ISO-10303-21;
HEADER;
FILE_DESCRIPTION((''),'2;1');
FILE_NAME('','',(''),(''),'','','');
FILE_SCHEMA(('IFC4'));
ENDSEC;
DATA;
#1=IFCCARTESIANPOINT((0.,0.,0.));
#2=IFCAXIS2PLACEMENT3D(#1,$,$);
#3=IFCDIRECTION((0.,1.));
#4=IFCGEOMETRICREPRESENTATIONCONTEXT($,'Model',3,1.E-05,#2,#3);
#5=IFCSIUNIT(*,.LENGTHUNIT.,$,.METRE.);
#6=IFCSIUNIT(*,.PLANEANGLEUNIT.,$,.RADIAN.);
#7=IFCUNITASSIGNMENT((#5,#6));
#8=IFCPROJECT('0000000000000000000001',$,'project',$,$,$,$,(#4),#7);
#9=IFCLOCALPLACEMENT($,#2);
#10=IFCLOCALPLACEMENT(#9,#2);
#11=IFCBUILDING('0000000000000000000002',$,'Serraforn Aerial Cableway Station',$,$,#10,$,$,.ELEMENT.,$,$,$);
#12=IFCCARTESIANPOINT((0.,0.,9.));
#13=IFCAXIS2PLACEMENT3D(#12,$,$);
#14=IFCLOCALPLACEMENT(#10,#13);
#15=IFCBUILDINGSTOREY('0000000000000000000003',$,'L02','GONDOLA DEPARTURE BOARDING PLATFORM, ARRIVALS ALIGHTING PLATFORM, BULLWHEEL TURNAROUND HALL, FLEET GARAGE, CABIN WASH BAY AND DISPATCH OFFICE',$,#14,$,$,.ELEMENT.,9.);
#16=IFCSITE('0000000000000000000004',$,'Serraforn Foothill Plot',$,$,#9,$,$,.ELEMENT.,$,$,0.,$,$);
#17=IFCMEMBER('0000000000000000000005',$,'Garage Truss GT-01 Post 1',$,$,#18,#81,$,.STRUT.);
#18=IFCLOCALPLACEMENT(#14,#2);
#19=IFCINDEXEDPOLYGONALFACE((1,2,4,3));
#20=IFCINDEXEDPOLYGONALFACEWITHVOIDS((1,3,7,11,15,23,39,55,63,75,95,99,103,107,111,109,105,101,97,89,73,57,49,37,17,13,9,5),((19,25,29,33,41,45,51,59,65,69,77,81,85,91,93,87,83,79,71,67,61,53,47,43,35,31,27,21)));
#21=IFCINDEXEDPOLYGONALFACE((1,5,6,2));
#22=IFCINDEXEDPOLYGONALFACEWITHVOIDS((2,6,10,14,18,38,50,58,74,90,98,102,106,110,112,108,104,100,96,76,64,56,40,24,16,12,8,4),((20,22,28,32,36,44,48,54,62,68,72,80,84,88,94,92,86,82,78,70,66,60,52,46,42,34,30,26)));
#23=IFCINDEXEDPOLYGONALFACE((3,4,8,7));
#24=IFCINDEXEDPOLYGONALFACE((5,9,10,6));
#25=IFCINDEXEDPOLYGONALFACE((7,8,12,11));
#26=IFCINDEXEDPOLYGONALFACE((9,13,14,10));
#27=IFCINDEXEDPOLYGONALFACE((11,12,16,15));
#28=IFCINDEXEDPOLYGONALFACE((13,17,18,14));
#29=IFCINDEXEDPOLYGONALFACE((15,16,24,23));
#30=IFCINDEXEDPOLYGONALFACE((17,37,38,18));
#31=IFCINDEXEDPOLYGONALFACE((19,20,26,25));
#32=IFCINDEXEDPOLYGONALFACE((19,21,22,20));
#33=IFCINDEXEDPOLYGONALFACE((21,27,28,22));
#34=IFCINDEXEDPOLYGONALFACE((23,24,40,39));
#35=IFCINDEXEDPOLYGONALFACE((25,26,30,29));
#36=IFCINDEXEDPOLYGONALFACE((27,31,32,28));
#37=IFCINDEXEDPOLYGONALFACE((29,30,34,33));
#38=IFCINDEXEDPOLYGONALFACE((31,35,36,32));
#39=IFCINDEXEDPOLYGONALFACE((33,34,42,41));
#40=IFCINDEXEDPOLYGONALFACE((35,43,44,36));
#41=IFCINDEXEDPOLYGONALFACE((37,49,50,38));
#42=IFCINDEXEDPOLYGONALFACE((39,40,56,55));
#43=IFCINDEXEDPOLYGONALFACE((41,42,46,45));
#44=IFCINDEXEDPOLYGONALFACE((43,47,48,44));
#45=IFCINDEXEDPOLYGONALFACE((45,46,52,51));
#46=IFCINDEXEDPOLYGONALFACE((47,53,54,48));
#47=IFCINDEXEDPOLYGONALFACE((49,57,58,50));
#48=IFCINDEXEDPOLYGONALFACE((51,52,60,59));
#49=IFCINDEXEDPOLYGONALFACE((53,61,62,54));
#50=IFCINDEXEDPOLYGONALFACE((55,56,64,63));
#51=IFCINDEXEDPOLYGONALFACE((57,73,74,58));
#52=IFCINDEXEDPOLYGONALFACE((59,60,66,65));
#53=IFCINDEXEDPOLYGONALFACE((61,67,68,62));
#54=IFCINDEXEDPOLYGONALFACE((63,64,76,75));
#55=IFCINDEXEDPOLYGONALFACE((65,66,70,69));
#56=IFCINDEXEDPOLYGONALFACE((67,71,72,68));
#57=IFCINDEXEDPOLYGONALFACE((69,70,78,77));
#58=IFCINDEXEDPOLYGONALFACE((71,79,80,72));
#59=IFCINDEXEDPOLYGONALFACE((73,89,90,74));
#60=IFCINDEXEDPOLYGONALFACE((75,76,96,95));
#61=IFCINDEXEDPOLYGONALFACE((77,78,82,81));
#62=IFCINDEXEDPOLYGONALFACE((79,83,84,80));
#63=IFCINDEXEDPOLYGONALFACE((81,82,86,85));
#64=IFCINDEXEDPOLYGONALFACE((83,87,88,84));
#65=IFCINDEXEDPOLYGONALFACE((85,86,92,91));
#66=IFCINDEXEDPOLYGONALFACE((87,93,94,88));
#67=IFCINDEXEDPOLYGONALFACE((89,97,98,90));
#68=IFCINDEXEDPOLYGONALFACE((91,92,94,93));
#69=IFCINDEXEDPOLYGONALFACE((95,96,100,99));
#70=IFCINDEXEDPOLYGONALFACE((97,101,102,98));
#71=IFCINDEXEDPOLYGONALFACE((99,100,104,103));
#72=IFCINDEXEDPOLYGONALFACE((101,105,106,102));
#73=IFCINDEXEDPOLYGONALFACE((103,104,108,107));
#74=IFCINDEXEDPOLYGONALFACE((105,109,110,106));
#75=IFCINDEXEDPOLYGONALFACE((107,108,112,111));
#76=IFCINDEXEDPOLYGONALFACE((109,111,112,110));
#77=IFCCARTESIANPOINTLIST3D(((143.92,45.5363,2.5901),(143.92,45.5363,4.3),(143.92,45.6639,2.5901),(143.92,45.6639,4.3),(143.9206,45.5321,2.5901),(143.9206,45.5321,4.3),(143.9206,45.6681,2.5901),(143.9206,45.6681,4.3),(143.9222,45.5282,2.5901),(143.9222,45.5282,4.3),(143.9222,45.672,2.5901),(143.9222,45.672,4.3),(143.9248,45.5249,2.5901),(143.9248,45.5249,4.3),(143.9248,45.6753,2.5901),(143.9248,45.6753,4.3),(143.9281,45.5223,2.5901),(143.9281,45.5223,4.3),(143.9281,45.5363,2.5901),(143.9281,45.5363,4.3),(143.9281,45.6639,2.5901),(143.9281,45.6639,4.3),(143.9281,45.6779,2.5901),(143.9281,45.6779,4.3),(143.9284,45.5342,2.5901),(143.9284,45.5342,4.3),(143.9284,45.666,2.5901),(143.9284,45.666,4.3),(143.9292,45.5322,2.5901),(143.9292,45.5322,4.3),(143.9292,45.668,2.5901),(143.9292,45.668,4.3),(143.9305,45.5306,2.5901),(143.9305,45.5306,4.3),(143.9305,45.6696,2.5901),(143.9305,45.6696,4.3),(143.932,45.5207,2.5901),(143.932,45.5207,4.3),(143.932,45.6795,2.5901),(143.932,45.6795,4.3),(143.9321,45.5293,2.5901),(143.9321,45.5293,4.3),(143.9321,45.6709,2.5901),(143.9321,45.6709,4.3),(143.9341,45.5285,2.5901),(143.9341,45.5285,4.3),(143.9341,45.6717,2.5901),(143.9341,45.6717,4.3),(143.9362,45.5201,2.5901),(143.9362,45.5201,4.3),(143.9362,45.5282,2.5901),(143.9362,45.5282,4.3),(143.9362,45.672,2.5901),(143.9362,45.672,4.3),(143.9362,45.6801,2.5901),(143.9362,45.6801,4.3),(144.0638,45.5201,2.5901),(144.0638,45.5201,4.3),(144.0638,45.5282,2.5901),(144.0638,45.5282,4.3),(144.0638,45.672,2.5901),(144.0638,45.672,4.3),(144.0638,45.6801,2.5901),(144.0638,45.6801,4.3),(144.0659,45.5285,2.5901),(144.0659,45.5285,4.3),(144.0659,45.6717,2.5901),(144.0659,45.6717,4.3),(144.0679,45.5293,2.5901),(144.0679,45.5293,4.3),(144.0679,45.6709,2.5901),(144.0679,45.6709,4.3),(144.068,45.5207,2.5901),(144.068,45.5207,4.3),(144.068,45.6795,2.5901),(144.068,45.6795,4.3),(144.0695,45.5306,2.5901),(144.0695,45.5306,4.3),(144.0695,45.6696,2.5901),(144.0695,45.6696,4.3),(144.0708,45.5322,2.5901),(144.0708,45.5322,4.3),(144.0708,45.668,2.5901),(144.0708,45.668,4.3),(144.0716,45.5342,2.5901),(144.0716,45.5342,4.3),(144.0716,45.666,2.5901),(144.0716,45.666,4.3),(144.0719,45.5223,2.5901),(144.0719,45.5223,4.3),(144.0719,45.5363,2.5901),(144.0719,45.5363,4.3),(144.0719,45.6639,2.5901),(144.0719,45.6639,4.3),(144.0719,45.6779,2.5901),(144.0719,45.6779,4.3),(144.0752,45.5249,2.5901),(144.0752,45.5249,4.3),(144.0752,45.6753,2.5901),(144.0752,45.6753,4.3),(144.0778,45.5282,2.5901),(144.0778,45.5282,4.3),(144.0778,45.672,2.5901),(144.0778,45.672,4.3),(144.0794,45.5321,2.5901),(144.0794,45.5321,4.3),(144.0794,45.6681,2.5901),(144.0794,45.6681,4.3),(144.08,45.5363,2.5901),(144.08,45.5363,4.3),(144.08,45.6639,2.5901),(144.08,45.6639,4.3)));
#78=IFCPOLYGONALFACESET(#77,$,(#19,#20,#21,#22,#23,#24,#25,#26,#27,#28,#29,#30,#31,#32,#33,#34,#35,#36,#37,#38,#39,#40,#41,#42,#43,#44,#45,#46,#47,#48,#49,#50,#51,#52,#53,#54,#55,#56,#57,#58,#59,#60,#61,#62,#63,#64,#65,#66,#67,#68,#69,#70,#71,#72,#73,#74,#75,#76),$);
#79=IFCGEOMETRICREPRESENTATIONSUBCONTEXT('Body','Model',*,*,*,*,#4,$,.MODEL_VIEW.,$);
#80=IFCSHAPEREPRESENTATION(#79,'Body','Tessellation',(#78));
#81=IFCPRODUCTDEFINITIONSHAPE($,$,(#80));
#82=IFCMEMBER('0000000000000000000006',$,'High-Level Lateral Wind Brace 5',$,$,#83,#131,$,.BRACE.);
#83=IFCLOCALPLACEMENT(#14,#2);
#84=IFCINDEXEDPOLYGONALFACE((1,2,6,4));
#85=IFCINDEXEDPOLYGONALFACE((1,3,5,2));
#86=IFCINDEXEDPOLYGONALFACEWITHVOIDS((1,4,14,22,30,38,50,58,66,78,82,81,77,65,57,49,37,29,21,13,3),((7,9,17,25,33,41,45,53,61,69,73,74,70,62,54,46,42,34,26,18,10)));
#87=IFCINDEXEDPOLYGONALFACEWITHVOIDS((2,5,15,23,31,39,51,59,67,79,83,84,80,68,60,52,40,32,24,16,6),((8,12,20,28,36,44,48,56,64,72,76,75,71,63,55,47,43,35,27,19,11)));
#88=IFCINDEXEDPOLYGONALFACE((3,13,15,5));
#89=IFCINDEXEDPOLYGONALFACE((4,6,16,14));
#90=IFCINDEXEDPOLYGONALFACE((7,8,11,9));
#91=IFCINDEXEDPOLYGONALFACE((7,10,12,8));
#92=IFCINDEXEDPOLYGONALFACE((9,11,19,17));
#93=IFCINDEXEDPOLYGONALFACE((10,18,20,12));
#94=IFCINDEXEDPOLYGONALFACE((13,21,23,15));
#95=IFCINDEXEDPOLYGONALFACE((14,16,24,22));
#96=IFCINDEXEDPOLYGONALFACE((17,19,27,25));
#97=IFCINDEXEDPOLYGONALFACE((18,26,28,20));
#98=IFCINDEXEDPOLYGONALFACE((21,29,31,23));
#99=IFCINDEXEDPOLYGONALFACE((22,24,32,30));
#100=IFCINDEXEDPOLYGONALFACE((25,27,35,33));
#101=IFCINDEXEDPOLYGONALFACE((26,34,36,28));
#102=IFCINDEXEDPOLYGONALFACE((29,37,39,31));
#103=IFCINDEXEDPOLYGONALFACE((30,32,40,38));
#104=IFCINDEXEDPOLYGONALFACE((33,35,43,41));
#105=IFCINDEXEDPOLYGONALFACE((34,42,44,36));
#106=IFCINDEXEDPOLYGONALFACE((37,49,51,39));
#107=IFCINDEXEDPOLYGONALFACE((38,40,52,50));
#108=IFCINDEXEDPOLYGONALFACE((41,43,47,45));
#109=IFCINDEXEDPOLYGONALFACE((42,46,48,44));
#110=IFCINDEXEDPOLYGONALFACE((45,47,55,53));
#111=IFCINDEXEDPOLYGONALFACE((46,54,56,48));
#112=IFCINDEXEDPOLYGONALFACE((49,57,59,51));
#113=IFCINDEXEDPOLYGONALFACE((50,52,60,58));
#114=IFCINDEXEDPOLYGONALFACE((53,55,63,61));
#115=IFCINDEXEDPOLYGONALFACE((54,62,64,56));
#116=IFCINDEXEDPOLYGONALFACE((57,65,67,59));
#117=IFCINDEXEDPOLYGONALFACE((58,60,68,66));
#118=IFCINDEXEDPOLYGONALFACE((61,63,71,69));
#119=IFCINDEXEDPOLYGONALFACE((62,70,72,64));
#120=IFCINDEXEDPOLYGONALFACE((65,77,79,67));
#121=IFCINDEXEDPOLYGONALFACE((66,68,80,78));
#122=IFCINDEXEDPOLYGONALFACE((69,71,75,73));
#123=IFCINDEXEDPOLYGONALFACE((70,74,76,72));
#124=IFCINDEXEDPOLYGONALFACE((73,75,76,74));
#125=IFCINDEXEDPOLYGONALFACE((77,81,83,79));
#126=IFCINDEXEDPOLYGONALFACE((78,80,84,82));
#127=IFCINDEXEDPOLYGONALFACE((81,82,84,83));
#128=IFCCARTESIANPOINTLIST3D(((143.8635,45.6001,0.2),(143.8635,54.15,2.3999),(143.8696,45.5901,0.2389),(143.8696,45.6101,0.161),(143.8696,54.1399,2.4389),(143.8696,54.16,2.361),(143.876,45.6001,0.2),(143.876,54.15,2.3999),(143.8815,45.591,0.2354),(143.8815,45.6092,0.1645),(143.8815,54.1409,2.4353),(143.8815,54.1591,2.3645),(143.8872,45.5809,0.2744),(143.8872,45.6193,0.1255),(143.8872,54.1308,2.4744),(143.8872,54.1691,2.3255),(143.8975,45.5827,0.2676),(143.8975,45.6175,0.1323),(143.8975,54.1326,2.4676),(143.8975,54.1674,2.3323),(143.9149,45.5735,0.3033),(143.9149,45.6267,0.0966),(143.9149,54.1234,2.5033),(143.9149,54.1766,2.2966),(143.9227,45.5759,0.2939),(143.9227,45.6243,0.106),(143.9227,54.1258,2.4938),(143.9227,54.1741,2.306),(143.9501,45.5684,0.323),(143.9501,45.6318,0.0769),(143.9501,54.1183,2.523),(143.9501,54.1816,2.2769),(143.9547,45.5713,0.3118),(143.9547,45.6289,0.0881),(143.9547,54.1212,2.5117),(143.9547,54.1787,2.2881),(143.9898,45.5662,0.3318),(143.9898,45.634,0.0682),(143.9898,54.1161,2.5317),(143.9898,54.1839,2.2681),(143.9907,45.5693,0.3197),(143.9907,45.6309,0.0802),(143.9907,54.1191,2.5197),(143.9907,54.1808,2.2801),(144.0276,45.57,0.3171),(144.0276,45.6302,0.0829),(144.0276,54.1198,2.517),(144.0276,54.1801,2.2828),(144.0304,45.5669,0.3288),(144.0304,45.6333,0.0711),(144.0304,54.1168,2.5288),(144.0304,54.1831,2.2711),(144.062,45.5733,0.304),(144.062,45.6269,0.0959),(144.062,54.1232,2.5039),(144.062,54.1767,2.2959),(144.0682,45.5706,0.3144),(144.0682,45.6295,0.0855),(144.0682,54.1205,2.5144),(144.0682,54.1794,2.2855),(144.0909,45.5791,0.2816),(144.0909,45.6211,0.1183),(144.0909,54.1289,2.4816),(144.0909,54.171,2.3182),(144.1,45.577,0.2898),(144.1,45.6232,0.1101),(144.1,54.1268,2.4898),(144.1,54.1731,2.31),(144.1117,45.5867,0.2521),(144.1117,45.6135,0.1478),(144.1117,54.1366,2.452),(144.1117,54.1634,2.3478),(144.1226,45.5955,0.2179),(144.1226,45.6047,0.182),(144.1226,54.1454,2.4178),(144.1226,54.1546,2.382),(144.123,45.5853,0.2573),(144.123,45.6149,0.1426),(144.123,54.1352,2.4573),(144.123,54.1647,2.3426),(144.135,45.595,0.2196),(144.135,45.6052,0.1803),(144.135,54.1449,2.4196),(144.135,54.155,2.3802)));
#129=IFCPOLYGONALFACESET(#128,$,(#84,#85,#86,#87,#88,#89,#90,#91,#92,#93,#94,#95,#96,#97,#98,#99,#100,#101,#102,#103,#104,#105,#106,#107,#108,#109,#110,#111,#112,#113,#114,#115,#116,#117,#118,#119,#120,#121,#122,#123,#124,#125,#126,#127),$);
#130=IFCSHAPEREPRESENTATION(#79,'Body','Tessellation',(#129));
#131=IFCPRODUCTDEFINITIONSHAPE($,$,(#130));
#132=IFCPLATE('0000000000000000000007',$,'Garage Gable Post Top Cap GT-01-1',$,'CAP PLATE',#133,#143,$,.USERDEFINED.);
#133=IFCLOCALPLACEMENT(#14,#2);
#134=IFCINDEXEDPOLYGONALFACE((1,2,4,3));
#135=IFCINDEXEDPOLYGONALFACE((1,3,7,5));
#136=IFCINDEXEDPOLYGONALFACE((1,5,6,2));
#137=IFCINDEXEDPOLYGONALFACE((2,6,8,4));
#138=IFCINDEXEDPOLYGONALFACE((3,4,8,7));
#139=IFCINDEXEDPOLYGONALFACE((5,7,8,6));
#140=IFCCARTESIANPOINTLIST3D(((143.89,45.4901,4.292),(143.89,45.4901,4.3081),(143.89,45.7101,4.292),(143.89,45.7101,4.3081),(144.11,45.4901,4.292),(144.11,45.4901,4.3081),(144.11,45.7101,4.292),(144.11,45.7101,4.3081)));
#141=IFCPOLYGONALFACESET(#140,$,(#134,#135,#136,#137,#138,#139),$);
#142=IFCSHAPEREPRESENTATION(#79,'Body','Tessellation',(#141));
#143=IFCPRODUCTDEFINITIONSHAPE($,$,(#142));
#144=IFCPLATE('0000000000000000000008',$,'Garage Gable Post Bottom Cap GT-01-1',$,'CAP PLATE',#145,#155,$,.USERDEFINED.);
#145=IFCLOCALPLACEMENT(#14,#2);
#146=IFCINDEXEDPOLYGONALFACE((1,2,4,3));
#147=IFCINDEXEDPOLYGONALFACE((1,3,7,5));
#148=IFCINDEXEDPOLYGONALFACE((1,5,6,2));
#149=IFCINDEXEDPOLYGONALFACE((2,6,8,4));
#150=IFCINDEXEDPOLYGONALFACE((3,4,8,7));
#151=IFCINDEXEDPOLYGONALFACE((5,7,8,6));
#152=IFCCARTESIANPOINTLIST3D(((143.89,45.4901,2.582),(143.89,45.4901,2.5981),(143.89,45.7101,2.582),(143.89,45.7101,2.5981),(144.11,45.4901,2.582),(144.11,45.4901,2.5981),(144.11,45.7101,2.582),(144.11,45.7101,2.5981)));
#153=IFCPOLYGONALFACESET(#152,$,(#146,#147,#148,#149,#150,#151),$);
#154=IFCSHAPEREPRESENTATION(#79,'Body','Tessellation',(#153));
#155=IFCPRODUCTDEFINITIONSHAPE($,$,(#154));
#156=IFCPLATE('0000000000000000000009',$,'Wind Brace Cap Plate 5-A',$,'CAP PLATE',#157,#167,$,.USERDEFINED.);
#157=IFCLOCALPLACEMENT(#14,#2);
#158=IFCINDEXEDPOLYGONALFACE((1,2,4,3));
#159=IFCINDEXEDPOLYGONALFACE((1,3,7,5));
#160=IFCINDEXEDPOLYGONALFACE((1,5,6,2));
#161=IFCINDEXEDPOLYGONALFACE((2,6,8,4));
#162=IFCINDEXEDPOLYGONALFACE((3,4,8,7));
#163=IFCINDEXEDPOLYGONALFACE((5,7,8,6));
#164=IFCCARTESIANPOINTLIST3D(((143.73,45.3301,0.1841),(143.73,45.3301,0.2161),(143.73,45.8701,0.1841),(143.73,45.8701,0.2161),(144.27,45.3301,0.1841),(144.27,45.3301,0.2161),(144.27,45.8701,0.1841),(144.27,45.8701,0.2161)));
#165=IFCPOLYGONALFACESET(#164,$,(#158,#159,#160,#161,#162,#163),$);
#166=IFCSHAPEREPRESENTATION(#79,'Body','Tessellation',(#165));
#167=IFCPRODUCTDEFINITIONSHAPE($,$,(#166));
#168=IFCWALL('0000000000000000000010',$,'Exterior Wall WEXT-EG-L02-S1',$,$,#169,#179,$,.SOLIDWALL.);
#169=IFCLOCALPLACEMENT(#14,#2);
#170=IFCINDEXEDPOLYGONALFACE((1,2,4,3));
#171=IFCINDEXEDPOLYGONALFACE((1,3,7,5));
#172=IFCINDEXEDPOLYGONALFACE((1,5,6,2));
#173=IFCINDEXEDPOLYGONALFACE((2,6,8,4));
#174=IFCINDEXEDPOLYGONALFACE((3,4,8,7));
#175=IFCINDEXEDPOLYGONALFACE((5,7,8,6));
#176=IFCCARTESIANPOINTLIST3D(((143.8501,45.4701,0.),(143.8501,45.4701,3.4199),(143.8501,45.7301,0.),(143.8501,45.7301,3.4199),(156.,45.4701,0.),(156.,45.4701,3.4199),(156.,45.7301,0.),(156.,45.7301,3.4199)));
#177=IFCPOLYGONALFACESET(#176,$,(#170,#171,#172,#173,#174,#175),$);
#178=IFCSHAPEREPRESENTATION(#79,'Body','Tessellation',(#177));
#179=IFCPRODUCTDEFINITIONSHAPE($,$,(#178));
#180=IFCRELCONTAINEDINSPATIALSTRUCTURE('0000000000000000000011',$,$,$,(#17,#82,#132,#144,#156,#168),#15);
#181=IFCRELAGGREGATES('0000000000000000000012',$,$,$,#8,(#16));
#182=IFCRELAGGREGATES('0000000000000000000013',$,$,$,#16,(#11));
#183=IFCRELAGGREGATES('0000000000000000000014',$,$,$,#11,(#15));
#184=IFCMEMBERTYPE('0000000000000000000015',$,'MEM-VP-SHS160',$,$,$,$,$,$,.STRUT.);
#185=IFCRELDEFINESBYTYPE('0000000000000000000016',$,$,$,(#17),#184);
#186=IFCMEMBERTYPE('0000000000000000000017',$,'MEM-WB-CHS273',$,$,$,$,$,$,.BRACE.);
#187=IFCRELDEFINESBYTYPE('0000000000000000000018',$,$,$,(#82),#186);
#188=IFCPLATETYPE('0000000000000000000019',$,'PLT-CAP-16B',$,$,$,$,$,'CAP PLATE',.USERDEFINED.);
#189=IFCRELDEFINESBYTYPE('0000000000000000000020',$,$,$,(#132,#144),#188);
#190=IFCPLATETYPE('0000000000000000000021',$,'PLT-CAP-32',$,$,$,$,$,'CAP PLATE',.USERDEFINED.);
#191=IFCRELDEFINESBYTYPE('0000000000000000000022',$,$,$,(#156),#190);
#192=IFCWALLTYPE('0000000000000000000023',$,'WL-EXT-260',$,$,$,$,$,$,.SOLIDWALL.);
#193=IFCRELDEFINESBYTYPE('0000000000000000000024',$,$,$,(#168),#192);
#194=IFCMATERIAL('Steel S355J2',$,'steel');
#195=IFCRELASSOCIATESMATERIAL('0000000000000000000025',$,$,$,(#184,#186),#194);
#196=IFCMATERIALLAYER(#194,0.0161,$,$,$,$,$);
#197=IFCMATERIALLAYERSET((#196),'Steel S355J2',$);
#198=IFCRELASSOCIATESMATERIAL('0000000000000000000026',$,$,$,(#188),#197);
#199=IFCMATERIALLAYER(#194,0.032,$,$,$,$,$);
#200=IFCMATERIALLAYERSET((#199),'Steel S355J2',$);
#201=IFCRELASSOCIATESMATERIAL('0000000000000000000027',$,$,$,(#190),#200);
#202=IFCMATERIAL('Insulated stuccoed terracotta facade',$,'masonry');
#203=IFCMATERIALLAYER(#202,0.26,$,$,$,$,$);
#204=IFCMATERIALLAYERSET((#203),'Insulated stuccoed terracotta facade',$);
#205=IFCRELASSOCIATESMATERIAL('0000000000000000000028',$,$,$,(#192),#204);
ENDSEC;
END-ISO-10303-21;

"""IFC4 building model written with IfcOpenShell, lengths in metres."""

from ifc_helpers import new_model, si_unit, direction, frame, frame_2d, origin, origin_2d, place, context, subcontext, project, spatial, rectangle, hollow_rectangle, hollow_circle, extrude, material, layer, layer_set, material_profile, profile_set, type_object, element, save


model = new_model("IFC4")

# Units and contexts
model_context = context("Model", 3, precision=1e-05, world=origin(), true_north=direction((0.0, 1.0)))
body_context = subcontext(model_context, "Body", "Model", "MODEL_VIEW")
ifc_project = project(units=[si_unit("LENGTHUNIT", "METRE"), si_unit("PLANEANGLEUNIT", "RADIAN")], contexts=[model_context])

# Site, building, storey
site_placement = place(None, origin())
site = spatial("IfcSite", under=ifc_project, at=site_placement, Name="Serraforn Foothill Plot", CompositionType="ELEMENT", RefElevation=0.0)
building_placement = place(site_placement, origin())
building = spatial("IfcBuilding", under=site, at=building_placement, Name="Serraforn Aerial Cableway Station", CompositionType="ELEMENT")
storey_placement = place(building_placement, frame((0.0, 0.0, 9.0)))
storey = spatial("IfcBuildingStorey", under=building, at=storey_placement, Name="L02", Description="GONDOLA DEPARTURE BOARDING PLATFORM, ARRIVALS ALIGHTING PLATFORM, BULLWHEEL TURNAROUND HALL, FLEET GARAGE, CABIN WASH BAY AND DISPATCH OFFICE", CompositionType="ELEMENT", Elevation=9.0)

# Shared definitions
ifc_material_1 = material(Name="Steel S355J2", Category="steel")

# Members
ifc_material_profile_1 = material_profile(ifc_material_1, hollow_rectangle(XDim=0.1599, YDim=0.1599, WallThickness=0.0081, InnerFilletRadius=0.0081, OuterFilletRadius=0.0161, at=origin_2d()), Name="SHS 160x160x8.0")
ifc_profile_set_1 = profile_set([ifc_material_profile_1], Name="Steel S355J2")
member_type_1 = type_object("IfcMemberType", Name="MEM-VP-SHS160", PredefinedType="STRUT", material=ifc_profile_set_1)
member_1_placement = place(storey_placement, frame((144.0, 45.6001, 2.5901), z_axis=(0.0, 0.0, 1.0), x_axis=(1.0, 0.0, 0.0)))
element("IfcMember", 1, at=member_1_placement, inside=storey, type_object=member_type_1, Name="Garage Truss GT-01 Post 1", PredefinedType="STRUT", context=body_context, shape_type="SweptSolid", body=[
    extrude(hollow_rectangle(XDim=0.1599, YDim=0.1599, WallThickness=0.0081, InnerFilletRadius=0.0081, OuterFilletRadius=0.0161, at=origin_2d()), origin(), (0.0, 0.0, 1.0), 1.71),
])
ifc_material_profile_2 = material_profile(ifc_material_1, hollow_circle(Radius=0.1365, WallThickness=0.0125, at=origin_2d()), Name="CHS 273.0x12.5")
ifc_profile_set_2 = profile_set([ifc_material_profile_2], Name="Steel S355J2")
member_type_2 = type_object("IfcMemberType", Name="MEM-WB-CHS273", PredefinedType="BRACE", material=ifc_profile_set_2)
member_2_placement = place(storey_placement, frame((144.0, 45.6001, 0.2), z_axis=(0.0, 0.968454, 0.249193), x_axis=(-1.0, 0.0, 0.0)))
element("IfcMember", 2, at=member_2_placement, inside=storey, type_object=member_type_2, Name="High-Level Lateral Wind Brace 5", PredefinedType="BRACE", context=body_context, shape_type="SweptSolid", body=[
    extrude(hollow_circle(Radius=0.1365, WallThickness=0.0125, at=origin_2d()), origin(), (0.0, 0.0, 1.0), 8.8284),
])

# Plates
ifc_layer_1 = layer(ifc_material_1, 0.0161)
ifc_layer_set_1 = layer_set([ifc_layer_1], Name="Steel S355J2")
plate_type_1 = type_object("IfcPlateType", Name="PLT-CAP-16B", ElementType="CAP PLATE", PredefinedType="USERDEFINED", material=ifc_layer_set_1)
for number, where, z_axis, x_axis, name in (
    (3, (144.0, 45.6001, 4.292), (0.0, 0.0, 1.0), (1.0, 0.0, 0.0), "Garage Gable Post Top Cap GT-01-1"),
    (4, (144.0, 45.6001, 2.582), (0.0, 0.0, 1.0), (1.0, 0.0, 0.0), "Garage Gable Post Bottom Cap GT-01-1"),
):
    element("IfcPlate", number, at=place(storey_placement, frame(where, z_axis=z_axis, x_axis=x_axis)), inside=storey, type_object=plate_type_1, Name=name, ObjectType="CAP PLATE", PredefinedType="USERDEFINED", context=body_context, shape_type="SweptSolid", body=[
        extrude(rectangle(XDim=0.22, YDim=0.22, at=origin_2d()), origin(), (0.0, 0.0, 1.0), 0.0161),
    ])
ifc_layer_2 = layer(ifc_material_1, 0.032)
ifc_layer_set_2 = layer_set([ifc_layer_2], Name="Steel S355J2")
plate_type_2 = type_object("IfcPlateType", Name="PLT-CAP-32", ElementType="CAP PLATE", PredefinedType="USERDEFINED", material=ifc_layer_set_2)
plate_placement = place(storey_placement, frame((144.0, 45.6001, 0.1841), z_axis=(0.0, 0.0, 1.0), x_axis=(1.0, 0.0, 0.0)))
element("IfcPlate", 5, at=plate_placement, inside=storey, type_object=plate_type_2, Name="Wind Brace Cap Plate 5-A", ObjectType="CAP PLATE", PredefinedType="USERDEFINED", context=body_context, shape_type="SweptSolid", body=[
    extrude(rectangle(XDim=0.54, YDim=0.54, at=origin_2d()), origin(), (0.0, 0.0, 1.0), 0.032),
])

# Wall
ifc_material_2 = material(Name="Insulated stuccoed terracotta facade", Category="masonry")
ifc_layer_3 = layer(ifc_material_2, 0.26)
ifc_layer_set_3 = layer_set([ifc_layer_3], Name="Insulated stuccoed terracotta facade")
wall_type_1 = type_object("IfcWallType", Name="WL-EXT-260", PredefinedType="SOLIDWALL", material=ifc_layer_set_3)
wall_1_placement = place(storey_placement, frame((143.8501, 45.6001, 0.0), z_axis=(0.0, 0.0, 1.0), x_axis=(1.0, 0.0, 0.0)))
element("IfcWall", 6, at=wall_1_placement, inside=storey, type_object=wall_type_1, Name="Exterior Wall WEXT-EG-L02-S1", PredefinedType="SOLIDWALL", context=body_context, shape_type="SweptSolid", body=[
    extrude(rectangle(XDim=12.1499, YDim=0.26, at=frame_2d((6.075, 0.0))), origin(), (0.0, 0.0, 1.0), 3.4199),
])

save(model, "model.ifc")
